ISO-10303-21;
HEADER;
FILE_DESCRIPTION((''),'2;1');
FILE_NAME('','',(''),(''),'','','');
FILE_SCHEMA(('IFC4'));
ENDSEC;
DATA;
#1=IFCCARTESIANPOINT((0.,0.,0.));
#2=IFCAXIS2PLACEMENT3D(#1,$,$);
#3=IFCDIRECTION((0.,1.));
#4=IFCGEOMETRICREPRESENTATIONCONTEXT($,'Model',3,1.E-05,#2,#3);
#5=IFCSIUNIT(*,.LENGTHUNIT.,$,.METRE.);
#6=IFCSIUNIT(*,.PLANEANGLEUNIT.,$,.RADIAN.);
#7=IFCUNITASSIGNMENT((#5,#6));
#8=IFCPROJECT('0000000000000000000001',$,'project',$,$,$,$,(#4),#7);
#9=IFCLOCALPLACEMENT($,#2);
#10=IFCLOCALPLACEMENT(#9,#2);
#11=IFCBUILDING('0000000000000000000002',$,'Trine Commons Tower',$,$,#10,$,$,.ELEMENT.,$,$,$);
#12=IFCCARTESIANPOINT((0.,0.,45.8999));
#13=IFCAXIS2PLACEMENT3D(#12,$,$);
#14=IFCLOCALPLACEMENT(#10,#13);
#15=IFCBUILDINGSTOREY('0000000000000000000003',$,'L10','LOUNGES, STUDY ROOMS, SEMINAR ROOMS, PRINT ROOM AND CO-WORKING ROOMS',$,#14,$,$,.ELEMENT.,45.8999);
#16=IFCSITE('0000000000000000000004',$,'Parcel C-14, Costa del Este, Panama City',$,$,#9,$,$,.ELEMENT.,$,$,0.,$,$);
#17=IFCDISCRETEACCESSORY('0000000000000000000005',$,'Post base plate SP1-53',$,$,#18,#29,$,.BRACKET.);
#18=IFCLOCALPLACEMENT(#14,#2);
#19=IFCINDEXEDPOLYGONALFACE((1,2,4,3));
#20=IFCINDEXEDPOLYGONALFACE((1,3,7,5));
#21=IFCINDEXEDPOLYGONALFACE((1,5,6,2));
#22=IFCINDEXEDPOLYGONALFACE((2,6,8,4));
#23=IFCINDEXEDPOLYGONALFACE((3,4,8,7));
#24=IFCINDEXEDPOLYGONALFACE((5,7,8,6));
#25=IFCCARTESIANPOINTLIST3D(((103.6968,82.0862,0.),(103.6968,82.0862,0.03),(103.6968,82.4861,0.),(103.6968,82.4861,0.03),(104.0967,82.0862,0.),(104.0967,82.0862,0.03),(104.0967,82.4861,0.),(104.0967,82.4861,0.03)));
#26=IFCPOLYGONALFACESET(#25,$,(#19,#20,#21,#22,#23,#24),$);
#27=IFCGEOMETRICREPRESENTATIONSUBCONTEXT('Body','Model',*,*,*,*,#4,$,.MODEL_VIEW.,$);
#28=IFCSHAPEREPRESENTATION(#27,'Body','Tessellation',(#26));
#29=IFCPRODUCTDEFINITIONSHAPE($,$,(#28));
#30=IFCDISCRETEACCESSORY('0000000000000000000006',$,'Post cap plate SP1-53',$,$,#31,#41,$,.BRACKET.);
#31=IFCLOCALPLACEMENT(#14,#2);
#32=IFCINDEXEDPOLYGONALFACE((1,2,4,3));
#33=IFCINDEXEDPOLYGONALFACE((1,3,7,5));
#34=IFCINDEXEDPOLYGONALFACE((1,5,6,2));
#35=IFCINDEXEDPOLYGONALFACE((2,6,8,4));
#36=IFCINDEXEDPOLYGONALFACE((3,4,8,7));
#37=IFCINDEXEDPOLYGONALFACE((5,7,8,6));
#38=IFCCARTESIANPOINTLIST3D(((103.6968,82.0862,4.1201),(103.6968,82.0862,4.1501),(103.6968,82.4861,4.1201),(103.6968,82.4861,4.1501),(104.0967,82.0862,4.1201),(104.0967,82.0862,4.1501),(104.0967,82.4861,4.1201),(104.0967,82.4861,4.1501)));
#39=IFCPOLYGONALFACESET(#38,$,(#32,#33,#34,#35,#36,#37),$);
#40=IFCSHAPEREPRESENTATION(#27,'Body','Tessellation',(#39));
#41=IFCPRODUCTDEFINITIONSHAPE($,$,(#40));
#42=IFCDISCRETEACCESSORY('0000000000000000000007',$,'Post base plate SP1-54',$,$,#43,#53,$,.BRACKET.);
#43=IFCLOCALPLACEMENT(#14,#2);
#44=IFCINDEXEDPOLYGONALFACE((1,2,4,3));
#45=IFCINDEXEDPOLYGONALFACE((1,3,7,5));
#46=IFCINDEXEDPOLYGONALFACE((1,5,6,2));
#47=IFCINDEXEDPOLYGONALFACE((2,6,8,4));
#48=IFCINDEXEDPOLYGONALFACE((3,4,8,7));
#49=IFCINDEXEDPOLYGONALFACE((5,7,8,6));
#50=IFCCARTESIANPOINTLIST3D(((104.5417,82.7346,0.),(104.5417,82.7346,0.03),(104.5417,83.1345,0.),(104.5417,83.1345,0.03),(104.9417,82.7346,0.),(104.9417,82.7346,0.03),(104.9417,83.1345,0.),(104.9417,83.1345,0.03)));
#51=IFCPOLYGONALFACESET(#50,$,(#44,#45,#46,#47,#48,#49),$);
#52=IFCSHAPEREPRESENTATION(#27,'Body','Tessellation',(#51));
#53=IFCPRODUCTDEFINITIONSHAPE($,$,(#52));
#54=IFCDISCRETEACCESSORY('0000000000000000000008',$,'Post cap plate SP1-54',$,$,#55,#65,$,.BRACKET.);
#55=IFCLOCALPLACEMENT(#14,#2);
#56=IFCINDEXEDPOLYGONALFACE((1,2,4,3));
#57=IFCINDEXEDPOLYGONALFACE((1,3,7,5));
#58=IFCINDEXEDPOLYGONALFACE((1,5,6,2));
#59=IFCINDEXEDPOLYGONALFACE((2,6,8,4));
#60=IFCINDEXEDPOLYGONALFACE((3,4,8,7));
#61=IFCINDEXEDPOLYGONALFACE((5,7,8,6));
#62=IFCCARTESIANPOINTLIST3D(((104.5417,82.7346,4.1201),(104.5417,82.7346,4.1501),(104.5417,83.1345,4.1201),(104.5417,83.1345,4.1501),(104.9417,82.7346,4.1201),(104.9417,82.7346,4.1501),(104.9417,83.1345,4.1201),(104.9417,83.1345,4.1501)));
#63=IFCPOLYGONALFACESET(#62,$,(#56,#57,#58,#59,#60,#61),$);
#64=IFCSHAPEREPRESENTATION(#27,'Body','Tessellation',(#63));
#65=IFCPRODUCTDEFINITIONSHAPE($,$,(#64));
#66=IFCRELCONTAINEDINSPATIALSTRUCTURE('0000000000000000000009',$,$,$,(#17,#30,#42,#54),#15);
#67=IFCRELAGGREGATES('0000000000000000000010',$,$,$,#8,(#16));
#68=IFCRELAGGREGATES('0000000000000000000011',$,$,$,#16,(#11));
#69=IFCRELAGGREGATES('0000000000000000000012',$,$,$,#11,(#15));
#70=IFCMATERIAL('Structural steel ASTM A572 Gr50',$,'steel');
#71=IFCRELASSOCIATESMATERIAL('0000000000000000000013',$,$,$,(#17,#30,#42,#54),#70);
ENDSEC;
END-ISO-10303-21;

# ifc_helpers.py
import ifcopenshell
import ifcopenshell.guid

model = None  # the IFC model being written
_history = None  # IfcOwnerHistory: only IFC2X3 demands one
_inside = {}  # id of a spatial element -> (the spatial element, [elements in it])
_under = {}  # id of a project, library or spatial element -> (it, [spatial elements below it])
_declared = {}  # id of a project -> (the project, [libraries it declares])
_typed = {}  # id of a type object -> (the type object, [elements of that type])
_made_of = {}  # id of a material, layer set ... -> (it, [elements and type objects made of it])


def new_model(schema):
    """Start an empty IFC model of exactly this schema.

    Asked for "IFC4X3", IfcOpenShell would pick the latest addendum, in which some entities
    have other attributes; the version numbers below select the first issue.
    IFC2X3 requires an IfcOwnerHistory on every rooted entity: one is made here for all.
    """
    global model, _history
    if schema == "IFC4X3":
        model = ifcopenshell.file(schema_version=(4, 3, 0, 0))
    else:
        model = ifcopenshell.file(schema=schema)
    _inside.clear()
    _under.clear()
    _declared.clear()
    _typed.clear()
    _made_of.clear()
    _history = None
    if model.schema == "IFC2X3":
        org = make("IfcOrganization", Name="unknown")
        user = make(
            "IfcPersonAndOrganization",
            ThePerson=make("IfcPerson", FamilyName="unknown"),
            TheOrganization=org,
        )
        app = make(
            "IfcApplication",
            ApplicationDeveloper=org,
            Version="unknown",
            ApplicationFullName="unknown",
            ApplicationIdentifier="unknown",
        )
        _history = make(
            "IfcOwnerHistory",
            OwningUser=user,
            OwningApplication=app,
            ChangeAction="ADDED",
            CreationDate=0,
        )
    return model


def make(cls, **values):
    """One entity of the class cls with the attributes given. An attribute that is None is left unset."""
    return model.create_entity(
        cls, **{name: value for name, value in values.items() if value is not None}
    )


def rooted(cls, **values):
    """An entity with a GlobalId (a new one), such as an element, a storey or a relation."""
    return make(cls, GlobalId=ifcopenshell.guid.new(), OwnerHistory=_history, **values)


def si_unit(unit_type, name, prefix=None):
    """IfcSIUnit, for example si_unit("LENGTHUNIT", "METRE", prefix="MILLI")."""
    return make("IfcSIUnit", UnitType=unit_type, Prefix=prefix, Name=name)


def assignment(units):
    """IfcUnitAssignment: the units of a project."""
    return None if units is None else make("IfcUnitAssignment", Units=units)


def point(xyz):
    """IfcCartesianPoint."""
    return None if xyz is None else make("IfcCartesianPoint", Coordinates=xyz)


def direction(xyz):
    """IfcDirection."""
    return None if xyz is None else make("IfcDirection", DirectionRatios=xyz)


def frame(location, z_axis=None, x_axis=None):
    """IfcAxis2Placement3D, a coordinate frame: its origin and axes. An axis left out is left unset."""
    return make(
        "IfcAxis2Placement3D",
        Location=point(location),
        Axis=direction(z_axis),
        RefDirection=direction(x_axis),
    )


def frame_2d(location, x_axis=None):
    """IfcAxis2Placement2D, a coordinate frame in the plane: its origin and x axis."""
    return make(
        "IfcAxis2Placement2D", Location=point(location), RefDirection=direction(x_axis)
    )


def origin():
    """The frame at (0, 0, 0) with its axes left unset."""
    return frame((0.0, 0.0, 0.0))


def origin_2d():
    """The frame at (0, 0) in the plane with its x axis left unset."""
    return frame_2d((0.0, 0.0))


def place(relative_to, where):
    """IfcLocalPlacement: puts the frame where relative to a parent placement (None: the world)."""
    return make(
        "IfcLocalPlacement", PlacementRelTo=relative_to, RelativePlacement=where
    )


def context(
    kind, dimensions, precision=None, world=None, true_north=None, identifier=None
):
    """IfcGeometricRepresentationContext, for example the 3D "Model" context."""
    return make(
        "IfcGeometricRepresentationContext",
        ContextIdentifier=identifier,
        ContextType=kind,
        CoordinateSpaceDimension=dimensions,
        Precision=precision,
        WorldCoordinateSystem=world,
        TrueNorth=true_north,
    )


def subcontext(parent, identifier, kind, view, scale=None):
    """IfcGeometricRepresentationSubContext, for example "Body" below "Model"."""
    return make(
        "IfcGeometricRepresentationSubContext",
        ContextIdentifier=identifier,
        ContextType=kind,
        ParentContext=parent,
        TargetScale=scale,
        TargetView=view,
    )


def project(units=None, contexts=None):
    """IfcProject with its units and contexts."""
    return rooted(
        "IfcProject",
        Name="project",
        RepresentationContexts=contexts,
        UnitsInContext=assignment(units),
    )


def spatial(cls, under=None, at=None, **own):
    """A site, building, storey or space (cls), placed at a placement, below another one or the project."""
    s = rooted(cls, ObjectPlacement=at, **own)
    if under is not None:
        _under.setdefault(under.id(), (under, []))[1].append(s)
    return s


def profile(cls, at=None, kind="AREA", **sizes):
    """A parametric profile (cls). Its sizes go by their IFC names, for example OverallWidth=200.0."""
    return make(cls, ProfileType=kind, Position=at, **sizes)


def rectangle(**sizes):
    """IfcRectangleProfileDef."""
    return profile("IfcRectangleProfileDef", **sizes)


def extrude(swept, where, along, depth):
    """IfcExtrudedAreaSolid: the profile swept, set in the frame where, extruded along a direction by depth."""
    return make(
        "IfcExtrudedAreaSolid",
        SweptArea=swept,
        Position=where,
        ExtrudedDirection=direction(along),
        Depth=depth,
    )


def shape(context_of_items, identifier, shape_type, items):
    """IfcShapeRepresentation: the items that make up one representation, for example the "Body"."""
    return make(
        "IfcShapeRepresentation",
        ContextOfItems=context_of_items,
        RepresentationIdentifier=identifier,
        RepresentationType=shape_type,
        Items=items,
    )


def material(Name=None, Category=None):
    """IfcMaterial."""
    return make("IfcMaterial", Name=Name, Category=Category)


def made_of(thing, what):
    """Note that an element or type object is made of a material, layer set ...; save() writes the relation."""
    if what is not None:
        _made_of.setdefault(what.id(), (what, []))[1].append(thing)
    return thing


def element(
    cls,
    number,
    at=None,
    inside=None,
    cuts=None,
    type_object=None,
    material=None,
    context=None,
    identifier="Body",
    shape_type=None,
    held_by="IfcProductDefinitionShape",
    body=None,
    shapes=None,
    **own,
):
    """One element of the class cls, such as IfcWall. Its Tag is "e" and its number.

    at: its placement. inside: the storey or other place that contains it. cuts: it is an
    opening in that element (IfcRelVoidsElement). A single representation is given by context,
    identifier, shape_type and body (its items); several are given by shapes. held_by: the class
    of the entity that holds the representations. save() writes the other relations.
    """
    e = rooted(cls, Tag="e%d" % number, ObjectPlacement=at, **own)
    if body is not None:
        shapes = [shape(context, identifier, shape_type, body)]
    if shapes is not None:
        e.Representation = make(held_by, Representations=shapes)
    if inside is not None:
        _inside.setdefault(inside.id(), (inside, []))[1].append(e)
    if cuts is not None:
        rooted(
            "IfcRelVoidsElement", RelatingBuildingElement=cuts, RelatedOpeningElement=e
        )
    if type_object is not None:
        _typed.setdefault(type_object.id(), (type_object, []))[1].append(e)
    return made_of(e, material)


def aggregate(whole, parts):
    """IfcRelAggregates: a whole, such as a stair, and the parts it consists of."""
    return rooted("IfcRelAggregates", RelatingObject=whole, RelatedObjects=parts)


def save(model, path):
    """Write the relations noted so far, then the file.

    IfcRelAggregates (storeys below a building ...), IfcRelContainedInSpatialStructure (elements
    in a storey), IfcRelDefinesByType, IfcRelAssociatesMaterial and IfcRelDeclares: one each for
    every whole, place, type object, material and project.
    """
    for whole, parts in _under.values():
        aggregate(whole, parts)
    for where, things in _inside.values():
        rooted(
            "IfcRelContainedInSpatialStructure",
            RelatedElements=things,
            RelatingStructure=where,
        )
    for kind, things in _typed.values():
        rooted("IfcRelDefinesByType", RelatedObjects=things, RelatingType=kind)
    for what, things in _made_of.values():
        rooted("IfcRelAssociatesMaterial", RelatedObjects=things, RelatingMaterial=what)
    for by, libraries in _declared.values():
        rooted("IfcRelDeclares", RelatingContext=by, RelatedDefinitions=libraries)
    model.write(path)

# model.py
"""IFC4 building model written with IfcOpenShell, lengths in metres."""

from ifc_helpers import new_model, si_unit, direction, frame, origin, origin_2d, place, context, subcontext, project, spatial, rectangle, extrude, material, element, save


model = new_model("IFC4")

# Units and contexts
model_context = context("Model", 3, precision=1e-05, world=origin(), true_north=direction((0.0, 1.0)))
body_context = subcontext(model_context, "Body", "Model", "MODEL_VIEW")
ifc_project = project(units=[si_unit("LENGTHUNIT", "METRE"), si_unit("PLANEANGLEUNIT", "RADIAN")], contexts=[model_context])

# Site, building, storey
site_placement = place(None, origin())
site = spatial("IfcSite", under=ifc_project, at=site_placement, Name="Parcel C-14, Costa del Este, Panama City", CompositionType="ELEMENT", RefElevation=0.0)
building_placement = place(site_placement, origin())
building = spatial("IfcBuilding", under=site, at=building_placement, Name="Trine Commons Tower", CompositionType="ELEMENT")
storey_placement = place(building_placement, frame((0.0, 0.0, 45.8999)))
storey = spatial("IfcBuildingStorey", under=building, at=storey_placement, Name="L10", Description="LOUNGES, STUDY ROOMS, SEMINAR ROOMS, PRINT ROOM AND CO-WORKING ROOMS", CompositionType="ELEMENT", Elevation=45.8999)

# Discrete accessories
ifc_material_1 = material(Name="Structural steel ASTM A572 Gr50", Category="steel")
for number, where, z_axis, x_axis, name in (
    (1, (103.8967, 82.2861, 0.0), (0.0, 0.0, 1.0), (1.0, 0.0, 0.0), "Post base plate SP1-53"),
    (2, (103.8967, 82.2861, 4.1201), (0.0, 0.0, 1.0), (1.0, 0.0, 0.0), "Post cap plate SP1-53"),
    (3, (104.7417, 82.9346, 0.0), (0.0, 0.0, 1.0), (1.0, 0.0, 0.0), "Post base plate SP1-54"),
    (4, (104.7417, 82.9346, 4.1201), (0.0, 0.0, 1.0), (1.0, 0.0, 0.0), "Post cap plate SP1-54"),
):
    element("IfcDiscreteAccessory", number, at=place(storey_placement, frame(where, z_axis=z_axis, x_axis=x_axis)), inside=storey, material=ifc_material_1, Name=name, PredefinedType="BRACKET", context=body_context, shape_type="SweptSolid", body=[
        extrude(rectangle(XDim=0.3999, YDim=0.3999, at=origin_2d()), origin(), (0.0, 0.0, 1.0), 0.03),
    ])

save(model, "model.ifc")
